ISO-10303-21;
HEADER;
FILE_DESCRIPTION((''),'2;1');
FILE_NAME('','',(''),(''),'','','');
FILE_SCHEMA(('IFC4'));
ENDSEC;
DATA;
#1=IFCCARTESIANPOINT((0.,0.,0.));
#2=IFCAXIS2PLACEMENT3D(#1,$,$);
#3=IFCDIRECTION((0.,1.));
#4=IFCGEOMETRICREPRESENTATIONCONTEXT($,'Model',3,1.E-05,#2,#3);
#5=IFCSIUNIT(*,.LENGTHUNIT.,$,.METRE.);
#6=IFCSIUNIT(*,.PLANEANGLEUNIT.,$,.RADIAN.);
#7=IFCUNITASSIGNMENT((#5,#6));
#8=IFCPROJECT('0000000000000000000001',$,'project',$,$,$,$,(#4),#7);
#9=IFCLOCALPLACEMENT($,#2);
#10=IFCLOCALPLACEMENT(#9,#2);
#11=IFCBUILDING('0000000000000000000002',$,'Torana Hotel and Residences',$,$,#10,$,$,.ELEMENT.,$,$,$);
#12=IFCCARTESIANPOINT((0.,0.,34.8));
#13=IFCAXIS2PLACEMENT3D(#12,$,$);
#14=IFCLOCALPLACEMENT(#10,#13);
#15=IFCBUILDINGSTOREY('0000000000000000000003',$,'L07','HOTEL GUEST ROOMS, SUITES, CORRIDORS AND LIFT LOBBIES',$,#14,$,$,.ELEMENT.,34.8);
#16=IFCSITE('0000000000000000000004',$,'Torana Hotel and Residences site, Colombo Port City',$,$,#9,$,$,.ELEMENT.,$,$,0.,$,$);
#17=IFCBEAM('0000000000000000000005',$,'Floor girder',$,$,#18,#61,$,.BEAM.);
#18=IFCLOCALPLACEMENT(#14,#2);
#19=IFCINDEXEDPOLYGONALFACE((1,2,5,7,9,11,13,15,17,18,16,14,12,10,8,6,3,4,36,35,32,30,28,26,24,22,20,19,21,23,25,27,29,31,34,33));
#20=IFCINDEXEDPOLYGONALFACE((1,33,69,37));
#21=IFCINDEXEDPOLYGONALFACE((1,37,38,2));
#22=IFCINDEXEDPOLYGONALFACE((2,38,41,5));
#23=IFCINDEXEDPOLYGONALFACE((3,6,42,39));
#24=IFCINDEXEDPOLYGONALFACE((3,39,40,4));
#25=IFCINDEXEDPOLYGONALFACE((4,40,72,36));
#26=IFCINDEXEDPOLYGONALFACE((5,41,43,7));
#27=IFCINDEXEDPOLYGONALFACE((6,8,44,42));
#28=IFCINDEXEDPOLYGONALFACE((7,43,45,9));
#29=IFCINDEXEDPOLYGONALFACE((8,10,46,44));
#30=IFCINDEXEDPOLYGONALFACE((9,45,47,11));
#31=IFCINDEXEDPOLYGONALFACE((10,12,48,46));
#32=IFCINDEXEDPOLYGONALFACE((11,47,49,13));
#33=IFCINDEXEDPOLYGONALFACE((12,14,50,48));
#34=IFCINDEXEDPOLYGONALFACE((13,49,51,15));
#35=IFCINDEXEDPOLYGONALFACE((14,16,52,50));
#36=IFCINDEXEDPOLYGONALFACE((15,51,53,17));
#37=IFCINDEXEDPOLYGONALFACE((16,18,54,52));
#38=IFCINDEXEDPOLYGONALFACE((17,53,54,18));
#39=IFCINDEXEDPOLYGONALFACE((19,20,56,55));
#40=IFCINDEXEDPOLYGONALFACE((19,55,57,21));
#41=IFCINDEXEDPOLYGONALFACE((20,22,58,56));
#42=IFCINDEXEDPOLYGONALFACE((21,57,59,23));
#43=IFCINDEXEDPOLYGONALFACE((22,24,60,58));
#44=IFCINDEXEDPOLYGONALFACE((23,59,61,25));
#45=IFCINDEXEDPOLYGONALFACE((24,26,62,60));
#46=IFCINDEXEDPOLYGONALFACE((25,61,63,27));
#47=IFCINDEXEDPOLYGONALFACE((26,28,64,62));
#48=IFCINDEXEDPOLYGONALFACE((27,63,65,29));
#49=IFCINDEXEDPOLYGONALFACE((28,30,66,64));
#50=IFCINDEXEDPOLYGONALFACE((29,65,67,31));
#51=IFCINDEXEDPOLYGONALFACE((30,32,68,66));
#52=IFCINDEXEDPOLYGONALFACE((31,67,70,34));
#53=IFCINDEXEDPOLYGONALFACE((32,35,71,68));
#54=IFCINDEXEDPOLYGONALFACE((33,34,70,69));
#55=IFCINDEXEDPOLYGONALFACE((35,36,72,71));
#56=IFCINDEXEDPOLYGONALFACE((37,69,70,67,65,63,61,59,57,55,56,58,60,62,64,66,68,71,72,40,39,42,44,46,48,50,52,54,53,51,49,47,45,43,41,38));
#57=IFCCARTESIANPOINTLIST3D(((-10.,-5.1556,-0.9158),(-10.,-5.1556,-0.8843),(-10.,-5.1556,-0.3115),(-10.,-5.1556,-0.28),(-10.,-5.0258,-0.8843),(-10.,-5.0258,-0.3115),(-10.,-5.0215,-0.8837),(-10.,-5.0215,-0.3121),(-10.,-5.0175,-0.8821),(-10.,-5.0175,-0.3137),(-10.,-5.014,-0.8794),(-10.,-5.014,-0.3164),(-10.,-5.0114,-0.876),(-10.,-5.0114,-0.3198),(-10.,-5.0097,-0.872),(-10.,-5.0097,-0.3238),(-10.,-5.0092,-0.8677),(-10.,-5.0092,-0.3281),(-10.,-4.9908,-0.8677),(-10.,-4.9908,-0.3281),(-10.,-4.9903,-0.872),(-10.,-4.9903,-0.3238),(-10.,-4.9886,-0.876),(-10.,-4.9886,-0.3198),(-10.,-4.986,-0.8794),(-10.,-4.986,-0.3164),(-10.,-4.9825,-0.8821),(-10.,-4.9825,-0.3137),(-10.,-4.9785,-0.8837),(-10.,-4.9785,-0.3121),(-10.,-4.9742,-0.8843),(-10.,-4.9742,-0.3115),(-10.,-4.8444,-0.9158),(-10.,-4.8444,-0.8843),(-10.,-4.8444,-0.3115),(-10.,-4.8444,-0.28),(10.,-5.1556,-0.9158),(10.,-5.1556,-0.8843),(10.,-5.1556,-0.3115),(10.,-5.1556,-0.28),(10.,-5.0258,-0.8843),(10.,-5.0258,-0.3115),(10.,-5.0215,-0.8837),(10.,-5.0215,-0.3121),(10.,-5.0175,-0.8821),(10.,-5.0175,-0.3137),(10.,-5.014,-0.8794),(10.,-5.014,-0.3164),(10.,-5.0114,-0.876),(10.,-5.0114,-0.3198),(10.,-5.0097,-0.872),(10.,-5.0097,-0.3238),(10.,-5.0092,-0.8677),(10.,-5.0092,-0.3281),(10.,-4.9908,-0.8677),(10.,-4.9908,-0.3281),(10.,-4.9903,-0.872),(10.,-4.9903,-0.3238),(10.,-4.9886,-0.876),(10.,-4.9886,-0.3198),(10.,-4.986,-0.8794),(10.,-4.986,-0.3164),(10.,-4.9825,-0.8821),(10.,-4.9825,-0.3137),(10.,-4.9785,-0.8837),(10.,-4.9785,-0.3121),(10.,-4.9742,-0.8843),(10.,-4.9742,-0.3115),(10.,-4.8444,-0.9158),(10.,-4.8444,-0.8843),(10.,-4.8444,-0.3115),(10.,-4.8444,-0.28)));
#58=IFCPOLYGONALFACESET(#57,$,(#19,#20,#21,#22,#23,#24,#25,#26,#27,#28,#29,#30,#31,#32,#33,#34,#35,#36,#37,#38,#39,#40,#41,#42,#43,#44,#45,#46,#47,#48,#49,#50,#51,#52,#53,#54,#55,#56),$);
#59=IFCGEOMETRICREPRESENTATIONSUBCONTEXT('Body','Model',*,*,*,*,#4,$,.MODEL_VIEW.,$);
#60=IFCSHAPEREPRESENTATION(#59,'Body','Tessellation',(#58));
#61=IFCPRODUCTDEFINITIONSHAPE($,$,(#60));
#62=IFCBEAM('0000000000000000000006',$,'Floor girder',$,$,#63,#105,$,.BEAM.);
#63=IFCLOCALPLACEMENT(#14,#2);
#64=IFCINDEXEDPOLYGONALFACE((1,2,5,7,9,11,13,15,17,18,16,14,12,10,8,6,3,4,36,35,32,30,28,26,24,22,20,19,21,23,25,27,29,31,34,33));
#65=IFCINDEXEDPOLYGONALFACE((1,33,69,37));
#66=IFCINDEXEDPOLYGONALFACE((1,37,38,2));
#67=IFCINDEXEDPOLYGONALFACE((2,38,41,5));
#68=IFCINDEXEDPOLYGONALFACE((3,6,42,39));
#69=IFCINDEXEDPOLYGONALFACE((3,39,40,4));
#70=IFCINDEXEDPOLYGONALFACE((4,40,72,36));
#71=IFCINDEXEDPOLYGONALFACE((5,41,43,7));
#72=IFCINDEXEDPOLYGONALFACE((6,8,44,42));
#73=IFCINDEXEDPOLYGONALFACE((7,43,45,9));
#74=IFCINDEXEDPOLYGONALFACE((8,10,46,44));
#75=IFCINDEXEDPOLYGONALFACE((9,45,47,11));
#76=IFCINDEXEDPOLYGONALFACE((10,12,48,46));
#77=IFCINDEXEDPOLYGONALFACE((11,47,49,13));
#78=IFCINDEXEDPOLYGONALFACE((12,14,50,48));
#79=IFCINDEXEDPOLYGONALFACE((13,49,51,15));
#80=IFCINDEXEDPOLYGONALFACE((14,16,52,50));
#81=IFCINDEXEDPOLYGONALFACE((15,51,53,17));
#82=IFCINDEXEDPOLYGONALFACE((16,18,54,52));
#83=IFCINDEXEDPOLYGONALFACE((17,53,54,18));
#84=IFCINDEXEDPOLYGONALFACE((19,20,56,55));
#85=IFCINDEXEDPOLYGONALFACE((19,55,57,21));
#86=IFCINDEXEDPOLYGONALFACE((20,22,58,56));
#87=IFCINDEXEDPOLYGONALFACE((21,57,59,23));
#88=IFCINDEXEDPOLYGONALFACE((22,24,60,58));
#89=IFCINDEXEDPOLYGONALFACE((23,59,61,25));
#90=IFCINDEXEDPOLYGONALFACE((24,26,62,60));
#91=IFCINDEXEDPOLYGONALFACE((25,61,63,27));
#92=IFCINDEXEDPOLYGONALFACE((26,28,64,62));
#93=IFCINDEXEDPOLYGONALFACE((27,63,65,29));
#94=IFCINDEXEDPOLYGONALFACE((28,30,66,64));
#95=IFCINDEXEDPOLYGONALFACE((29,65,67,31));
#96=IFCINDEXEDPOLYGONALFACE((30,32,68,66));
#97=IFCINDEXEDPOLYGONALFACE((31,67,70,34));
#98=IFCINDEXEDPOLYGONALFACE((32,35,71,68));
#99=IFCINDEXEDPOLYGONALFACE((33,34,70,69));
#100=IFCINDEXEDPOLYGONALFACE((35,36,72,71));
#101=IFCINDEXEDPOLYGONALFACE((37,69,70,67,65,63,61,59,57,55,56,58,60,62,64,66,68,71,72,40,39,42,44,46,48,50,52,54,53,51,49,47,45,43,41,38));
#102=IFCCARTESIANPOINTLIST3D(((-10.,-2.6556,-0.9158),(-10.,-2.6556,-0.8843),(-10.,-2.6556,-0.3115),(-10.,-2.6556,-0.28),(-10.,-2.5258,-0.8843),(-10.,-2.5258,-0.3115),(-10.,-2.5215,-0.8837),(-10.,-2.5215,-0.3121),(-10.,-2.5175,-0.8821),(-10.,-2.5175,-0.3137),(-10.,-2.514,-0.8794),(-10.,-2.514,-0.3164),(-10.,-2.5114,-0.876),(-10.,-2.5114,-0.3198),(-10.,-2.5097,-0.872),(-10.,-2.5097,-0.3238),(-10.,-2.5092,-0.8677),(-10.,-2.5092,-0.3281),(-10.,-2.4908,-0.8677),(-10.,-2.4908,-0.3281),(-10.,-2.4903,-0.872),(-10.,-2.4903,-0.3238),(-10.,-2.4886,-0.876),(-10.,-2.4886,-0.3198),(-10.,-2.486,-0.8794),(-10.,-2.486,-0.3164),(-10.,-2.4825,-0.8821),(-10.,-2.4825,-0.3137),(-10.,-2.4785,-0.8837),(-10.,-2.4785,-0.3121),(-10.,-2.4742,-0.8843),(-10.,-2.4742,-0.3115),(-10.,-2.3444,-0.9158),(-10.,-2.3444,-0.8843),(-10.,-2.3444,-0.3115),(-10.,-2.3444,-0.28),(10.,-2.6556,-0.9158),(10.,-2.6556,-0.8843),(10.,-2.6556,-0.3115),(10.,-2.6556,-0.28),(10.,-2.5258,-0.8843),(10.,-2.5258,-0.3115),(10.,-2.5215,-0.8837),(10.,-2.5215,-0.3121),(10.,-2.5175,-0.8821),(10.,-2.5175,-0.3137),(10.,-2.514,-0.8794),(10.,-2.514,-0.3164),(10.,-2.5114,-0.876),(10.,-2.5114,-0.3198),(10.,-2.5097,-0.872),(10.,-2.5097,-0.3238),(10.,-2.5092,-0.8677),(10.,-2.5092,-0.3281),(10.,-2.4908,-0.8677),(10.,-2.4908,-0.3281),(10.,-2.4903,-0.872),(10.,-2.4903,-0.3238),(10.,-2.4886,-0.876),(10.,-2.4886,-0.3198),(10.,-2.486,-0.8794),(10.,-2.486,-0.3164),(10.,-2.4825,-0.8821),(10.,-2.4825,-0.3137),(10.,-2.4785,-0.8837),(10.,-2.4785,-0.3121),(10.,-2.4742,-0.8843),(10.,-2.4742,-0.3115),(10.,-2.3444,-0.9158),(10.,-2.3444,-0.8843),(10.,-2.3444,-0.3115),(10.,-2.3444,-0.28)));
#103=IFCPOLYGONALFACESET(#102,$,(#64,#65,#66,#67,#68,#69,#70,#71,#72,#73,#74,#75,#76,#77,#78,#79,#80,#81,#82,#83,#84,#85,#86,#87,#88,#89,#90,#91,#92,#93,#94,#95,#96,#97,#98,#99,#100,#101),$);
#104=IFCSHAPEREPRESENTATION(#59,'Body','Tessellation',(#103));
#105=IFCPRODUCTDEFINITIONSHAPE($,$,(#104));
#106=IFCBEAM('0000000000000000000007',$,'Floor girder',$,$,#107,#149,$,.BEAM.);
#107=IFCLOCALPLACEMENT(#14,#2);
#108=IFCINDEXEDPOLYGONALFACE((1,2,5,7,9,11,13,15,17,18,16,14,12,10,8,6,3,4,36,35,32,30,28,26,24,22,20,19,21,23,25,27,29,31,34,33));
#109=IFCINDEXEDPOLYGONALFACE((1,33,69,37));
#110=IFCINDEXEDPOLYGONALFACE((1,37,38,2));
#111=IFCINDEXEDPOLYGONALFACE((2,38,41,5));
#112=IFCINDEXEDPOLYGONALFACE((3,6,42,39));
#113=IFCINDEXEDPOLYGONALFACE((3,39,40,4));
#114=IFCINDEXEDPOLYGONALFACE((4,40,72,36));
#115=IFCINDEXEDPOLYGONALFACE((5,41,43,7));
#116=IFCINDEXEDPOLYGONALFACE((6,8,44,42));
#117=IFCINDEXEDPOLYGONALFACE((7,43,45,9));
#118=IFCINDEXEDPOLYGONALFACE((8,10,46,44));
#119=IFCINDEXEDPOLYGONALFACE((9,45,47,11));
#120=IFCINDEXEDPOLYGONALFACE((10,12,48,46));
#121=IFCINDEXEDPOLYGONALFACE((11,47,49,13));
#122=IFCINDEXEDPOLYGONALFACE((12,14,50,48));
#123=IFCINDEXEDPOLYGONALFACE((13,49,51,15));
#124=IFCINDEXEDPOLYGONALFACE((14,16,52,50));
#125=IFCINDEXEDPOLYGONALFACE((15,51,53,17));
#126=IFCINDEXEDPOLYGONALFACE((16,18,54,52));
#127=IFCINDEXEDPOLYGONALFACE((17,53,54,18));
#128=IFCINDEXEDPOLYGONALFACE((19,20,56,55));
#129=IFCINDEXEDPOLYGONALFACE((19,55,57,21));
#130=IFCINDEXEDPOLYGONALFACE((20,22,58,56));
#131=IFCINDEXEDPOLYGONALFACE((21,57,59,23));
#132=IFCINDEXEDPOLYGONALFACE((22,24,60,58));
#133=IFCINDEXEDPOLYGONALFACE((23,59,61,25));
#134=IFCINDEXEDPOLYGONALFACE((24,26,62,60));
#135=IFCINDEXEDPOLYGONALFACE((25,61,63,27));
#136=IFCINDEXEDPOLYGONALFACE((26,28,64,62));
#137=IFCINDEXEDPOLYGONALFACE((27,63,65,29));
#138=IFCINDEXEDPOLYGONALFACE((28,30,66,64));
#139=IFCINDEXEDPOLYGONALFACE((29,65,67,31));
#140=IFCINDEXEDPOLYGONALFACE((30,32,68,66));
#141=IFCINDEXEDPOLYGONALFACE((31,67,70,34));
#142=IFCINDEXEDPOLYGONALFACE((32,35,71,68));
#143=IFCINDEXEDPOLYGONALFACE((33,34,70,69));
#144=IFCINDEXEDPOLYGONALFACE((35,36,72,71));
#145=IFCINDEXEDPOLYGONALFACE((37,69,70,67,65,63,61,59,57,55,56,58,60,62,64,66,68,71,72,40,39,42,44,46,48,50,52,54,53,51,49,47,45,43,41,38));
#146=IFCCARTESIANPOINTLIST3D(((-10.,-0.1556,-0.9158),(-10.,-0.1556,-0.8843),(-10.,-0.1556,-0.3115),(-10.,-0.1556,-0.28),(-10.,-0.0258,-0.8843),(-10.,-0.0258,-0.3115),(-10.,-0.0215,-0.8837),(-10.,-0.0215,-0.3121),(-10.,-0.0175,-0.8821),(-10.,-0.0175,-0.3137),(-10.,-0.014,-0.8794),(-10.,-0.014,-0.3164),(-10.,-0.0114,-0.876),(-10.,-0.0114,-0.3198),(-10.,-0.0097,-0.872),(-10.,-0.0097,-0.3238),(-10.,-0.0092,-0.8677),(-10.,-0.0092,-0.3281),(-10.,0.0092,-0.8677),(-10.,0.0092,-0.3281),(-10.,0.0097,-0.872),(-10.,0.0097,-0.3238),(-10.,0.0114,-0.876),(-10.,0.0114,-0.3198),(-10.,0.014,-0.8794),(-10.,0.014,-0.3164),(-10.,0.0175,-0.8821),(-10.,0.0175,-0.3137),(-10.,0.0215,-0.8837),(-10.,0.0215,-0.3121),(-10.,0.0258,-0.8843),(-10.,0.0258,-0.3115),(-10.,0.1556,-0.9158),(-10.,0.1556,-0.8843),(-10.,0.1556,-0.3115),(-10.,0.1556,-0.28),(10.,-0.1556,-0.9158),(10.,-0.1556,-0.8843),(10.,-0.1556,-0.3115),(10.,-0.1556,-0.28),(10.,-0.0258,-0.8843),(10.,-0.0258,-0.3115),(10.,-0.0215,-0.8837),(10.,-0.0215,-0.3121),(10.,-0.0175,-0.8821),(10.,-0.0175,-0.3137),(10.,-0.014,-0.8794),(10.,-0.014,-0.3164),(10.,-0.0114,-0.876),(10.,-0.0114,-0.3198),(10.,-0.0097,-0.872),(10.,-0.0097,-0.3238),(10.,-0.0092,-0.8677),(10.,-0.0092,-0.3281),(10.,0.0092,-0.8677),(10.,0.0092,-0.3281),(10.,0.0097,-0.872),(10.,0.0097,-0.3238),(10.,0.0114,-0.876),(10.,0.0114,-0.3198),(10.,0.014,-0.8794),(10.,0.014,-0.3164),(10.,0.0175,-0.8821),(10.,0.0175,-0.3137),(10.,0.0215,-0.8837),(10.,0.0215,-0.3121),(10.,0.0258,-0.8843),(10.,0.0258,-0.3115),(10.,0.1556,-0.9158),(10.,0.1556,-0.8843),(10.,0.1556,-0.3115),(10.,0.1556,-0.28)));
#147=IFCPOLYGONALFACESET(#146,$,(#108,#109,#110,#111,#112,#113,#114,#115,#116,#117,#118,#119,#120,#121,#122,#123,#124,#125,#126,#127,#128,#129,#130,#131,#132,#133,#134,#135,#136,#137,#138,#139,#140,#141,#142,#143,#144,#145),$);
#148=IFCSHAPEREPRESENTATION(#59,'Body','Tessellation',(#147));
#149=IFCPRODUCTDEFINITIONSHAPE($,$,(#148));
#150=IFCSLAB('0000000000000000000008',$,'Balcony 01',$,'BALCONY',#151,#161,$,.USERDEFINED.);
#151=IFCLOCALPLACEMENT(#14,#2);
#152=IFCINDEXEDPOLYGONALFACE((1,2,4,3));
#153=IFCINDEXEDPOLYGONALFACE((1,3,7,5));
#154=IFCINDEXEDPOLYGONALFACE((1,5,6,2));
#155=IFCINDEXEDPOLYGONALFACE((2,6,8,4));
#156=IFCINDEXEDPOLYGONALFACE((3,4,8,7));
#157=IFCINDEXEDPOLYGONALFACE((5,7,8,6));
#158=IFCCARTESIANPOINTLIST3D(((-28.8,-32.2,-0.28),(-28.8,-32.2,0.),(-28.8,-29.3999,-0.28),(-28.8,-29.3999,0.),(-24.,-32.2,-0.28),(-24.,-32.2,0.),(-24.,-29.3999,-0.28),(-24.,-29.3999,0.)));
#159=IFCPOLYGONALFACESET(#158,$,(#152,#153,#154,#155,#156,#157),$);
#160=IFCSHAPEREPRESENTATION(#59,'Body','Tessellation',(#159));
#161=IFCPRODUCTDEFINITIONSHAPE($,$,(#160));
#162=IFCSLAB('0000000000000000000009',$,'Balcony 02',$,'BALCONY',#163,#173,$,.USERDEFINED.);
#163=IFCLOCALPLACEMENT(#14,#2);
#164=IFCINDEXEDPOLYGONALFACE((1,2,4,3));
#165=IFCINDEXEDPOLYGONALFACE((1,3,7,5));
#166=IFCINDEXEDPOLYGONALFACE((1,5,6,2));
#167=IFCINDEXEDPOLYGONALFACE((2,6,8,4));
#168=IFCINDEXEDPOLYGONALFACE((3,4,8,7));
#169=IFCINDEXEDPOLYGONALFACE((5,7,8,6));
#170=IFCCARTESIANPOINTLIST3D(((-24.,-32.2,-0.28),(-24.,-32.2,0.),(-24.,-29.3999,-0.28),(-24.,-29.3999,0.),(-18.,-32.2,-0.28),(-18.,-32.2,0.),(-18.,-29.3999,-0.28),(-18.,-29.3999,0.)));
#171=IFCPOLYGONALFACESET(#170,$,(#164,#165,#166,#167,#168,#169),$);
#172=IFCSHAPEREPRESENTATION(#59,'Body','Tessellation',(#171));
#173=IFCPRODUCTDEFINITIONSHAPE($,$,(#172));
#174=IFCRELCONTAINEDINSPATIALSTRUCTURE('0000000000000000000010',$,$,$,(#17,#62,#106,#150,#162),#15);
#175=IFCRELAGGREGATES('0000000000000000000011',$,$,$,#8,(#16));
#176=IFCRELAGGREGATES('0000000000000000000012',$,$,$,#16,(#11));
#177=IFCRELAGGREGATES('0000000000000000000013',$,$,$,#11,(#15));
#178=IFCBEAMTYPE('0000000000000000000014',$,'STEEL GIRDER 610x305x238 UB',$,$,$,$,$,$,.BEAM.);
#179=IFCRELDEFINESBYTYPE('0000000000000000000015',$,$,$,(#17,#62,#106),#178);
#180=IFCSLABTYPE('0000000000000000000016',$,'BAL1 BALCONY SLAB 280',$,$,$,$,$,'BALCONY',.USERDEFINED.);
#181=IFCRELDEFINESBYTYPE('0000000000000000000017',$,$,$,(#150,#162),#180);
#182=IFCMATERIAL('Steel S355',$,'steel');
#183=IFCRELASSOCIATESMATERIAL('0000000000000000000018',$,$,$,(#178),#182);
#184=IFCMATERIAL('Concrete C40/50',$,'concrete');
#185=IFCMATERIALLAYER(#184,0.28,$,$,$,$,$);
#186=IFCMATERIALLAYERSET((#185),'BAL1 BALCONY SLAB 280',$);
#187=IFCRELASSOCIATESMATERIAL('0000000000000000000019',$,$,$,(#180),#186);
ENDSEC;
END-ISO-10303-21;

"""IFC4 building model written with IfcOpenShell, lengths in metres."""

from ifc_helpers import new_model, si_unit, direction, frame, origin, origin_2d, place, context, subcontext, project, spatial, polyline, i_section, outline, extrude, material, layer, layer_set, material_profile, profile_set, type_object, element, save


model = new_model("IFC4")

# Units and contexts
model_context = context("Model", 3, precision=1e-05, world=origin(), true_north=direction((0.0, 1.0)))
body_context = subcontext(model_context, "Body", "Model", "MODEL_VIEW")
ifc_project = project(units=[si_unit("LENGTHUNIT", "METRE"), si_unit("PLANEANGLEUNIT", "RADIAN")], contexts=[model_context])

# Site, building, storey
site_placement = place(None, origin())
site = spatial("IfcSite", under=ifc_project, at=site_placement, Name="Torana Hotel and Residences site, Colombo Port City", CompositionType="ELEMENT", RefElevation=0.0)
building_placement = place(site_placement, origin())
building = spatial("IfcBuilding", under=site, at=building_placement, Name="Torana Hotel and Residences", CompositionType="ELEMENT")
storey_placement = place(building_placement, frame((0.0, 0.0, 34.8)))
storey = spatial("IfcBuildingStorey", under=building, at=storey_placement, Name="L07", Description="HOTEL GUEST ROOMS, SUITES, CORRIDORS AND LIFT LOBBIES", CompositionType="ELEMENT", Elevation=34.8)

# Beams
ifc_material_1 = material(Name="Steel S355", Category="steel")
ifc_material_profile = material_profile(ifc_material_1, i_section(OverallWidth=0.3113, OverallDepth=0.6357, WebThickness=0.0183, FlangeThickness=0.0315, FilletRadius=0.0166, at=origin_2d()), Name="610x305x238 UB")
ifc_profile_set = profile_set([ifc_material_profile], Name="Steel S355")
beam_type = type_object("IfcBeamType", Name="STEEL GIRDER 610x305x238 UB", PredefinedType="BEAM", material=ifc_profile_set)
for number, where, z_axis, x_axis, name in (
    (1, (-10.0, -5.0, -0.5979), (1.0, 0.0, 0.0), (0.0, 1.0, 0.0), "Floor girder"),
    (2, (-10.0, -2.5, -0.5979), (1.0, 0.0, 0.0), (0.0, 1.0, 0.0), "Floor girder"),
    (3, (-10.0, 0.0, -0.5979), (1.0, 0.0, 0.0), (0.0, 1.0, 0.0), "Floor girder"),
):
    element("IfcBeam", number, at=place(storey_placement, frame(where, z_axis=z_axis, x_axis=x_axis)), inside=storey, type_object=beam_type, Name=name, PredefinedType="BEAM", context=body_context, shape_type="SweptSolid", body=[
        extrude(i_section(OverallWidth=0.3113, OverallDepth=0.6357, WebThickness=0.0183, FlangeThickness=0.0315, FilletRadius=0.0166, at=origin_2d()), origin(), (0.0, 0.0, 1.0), 20.0),
    ])

# Slabs
ifc_material_2 = material(Name="Concrete C40/50", Category="concrete")
ifc_layer_1 = layer(ifc_material_2, 0.28)
ifc_layer_set_1 = layer_set([ifc_layer_1], Name="BAL1 BALCONY SLAB 280")
slab_type_1 = type_object("IfcSlabType", Name="BAL1 BALCONY SLAB 280", ElementType="BALCONY", PredefinedType="USERDEFINED", material=ifc_layer_set_1)
slab_1_placement = place(storey_placement, frame((0.0, 0.0, -0.28)))
element("IfcSlab", 4, at=slab_1_placement, inside=storey, type_object=slab_type_1, Name="Balcony 01", ObjectType="BALCONY", PredefinedType="USERDEFINED", context=body_context, shape_type="SweptSolid", body=[
    extrude(outline(polyline([(-28.8, -32.2), (-24.0, -32.2), (-24.0, -29.3999), (-28.8, -29.3999), (-28.8, -32.2)])), origin(), (0.0, 0.0, 1.0), 0.28),
])
slab_2_placement = place(storey_placement, frame((0.0, 0.0, -0.28)))
element("IfcSlab", 5, at=slab_2_placement, inside=storey, type_object=slab_type_1, Name="Balcony 02", ObjectType="BALCONY", PredefinedType="USERDEFINED", context=body_context, shape_type="SweptSolid", body=[
    extrude(outline(polyline([(-24.0, -32.2), (-18.0, -32.2), (-18.0, -29.3999), (-24.0, -29.3999), (-24.0, -32.2)])), origin(), (0.0, 0.0, 1.0), 0.28),
])

save(model, "model.ifc")
